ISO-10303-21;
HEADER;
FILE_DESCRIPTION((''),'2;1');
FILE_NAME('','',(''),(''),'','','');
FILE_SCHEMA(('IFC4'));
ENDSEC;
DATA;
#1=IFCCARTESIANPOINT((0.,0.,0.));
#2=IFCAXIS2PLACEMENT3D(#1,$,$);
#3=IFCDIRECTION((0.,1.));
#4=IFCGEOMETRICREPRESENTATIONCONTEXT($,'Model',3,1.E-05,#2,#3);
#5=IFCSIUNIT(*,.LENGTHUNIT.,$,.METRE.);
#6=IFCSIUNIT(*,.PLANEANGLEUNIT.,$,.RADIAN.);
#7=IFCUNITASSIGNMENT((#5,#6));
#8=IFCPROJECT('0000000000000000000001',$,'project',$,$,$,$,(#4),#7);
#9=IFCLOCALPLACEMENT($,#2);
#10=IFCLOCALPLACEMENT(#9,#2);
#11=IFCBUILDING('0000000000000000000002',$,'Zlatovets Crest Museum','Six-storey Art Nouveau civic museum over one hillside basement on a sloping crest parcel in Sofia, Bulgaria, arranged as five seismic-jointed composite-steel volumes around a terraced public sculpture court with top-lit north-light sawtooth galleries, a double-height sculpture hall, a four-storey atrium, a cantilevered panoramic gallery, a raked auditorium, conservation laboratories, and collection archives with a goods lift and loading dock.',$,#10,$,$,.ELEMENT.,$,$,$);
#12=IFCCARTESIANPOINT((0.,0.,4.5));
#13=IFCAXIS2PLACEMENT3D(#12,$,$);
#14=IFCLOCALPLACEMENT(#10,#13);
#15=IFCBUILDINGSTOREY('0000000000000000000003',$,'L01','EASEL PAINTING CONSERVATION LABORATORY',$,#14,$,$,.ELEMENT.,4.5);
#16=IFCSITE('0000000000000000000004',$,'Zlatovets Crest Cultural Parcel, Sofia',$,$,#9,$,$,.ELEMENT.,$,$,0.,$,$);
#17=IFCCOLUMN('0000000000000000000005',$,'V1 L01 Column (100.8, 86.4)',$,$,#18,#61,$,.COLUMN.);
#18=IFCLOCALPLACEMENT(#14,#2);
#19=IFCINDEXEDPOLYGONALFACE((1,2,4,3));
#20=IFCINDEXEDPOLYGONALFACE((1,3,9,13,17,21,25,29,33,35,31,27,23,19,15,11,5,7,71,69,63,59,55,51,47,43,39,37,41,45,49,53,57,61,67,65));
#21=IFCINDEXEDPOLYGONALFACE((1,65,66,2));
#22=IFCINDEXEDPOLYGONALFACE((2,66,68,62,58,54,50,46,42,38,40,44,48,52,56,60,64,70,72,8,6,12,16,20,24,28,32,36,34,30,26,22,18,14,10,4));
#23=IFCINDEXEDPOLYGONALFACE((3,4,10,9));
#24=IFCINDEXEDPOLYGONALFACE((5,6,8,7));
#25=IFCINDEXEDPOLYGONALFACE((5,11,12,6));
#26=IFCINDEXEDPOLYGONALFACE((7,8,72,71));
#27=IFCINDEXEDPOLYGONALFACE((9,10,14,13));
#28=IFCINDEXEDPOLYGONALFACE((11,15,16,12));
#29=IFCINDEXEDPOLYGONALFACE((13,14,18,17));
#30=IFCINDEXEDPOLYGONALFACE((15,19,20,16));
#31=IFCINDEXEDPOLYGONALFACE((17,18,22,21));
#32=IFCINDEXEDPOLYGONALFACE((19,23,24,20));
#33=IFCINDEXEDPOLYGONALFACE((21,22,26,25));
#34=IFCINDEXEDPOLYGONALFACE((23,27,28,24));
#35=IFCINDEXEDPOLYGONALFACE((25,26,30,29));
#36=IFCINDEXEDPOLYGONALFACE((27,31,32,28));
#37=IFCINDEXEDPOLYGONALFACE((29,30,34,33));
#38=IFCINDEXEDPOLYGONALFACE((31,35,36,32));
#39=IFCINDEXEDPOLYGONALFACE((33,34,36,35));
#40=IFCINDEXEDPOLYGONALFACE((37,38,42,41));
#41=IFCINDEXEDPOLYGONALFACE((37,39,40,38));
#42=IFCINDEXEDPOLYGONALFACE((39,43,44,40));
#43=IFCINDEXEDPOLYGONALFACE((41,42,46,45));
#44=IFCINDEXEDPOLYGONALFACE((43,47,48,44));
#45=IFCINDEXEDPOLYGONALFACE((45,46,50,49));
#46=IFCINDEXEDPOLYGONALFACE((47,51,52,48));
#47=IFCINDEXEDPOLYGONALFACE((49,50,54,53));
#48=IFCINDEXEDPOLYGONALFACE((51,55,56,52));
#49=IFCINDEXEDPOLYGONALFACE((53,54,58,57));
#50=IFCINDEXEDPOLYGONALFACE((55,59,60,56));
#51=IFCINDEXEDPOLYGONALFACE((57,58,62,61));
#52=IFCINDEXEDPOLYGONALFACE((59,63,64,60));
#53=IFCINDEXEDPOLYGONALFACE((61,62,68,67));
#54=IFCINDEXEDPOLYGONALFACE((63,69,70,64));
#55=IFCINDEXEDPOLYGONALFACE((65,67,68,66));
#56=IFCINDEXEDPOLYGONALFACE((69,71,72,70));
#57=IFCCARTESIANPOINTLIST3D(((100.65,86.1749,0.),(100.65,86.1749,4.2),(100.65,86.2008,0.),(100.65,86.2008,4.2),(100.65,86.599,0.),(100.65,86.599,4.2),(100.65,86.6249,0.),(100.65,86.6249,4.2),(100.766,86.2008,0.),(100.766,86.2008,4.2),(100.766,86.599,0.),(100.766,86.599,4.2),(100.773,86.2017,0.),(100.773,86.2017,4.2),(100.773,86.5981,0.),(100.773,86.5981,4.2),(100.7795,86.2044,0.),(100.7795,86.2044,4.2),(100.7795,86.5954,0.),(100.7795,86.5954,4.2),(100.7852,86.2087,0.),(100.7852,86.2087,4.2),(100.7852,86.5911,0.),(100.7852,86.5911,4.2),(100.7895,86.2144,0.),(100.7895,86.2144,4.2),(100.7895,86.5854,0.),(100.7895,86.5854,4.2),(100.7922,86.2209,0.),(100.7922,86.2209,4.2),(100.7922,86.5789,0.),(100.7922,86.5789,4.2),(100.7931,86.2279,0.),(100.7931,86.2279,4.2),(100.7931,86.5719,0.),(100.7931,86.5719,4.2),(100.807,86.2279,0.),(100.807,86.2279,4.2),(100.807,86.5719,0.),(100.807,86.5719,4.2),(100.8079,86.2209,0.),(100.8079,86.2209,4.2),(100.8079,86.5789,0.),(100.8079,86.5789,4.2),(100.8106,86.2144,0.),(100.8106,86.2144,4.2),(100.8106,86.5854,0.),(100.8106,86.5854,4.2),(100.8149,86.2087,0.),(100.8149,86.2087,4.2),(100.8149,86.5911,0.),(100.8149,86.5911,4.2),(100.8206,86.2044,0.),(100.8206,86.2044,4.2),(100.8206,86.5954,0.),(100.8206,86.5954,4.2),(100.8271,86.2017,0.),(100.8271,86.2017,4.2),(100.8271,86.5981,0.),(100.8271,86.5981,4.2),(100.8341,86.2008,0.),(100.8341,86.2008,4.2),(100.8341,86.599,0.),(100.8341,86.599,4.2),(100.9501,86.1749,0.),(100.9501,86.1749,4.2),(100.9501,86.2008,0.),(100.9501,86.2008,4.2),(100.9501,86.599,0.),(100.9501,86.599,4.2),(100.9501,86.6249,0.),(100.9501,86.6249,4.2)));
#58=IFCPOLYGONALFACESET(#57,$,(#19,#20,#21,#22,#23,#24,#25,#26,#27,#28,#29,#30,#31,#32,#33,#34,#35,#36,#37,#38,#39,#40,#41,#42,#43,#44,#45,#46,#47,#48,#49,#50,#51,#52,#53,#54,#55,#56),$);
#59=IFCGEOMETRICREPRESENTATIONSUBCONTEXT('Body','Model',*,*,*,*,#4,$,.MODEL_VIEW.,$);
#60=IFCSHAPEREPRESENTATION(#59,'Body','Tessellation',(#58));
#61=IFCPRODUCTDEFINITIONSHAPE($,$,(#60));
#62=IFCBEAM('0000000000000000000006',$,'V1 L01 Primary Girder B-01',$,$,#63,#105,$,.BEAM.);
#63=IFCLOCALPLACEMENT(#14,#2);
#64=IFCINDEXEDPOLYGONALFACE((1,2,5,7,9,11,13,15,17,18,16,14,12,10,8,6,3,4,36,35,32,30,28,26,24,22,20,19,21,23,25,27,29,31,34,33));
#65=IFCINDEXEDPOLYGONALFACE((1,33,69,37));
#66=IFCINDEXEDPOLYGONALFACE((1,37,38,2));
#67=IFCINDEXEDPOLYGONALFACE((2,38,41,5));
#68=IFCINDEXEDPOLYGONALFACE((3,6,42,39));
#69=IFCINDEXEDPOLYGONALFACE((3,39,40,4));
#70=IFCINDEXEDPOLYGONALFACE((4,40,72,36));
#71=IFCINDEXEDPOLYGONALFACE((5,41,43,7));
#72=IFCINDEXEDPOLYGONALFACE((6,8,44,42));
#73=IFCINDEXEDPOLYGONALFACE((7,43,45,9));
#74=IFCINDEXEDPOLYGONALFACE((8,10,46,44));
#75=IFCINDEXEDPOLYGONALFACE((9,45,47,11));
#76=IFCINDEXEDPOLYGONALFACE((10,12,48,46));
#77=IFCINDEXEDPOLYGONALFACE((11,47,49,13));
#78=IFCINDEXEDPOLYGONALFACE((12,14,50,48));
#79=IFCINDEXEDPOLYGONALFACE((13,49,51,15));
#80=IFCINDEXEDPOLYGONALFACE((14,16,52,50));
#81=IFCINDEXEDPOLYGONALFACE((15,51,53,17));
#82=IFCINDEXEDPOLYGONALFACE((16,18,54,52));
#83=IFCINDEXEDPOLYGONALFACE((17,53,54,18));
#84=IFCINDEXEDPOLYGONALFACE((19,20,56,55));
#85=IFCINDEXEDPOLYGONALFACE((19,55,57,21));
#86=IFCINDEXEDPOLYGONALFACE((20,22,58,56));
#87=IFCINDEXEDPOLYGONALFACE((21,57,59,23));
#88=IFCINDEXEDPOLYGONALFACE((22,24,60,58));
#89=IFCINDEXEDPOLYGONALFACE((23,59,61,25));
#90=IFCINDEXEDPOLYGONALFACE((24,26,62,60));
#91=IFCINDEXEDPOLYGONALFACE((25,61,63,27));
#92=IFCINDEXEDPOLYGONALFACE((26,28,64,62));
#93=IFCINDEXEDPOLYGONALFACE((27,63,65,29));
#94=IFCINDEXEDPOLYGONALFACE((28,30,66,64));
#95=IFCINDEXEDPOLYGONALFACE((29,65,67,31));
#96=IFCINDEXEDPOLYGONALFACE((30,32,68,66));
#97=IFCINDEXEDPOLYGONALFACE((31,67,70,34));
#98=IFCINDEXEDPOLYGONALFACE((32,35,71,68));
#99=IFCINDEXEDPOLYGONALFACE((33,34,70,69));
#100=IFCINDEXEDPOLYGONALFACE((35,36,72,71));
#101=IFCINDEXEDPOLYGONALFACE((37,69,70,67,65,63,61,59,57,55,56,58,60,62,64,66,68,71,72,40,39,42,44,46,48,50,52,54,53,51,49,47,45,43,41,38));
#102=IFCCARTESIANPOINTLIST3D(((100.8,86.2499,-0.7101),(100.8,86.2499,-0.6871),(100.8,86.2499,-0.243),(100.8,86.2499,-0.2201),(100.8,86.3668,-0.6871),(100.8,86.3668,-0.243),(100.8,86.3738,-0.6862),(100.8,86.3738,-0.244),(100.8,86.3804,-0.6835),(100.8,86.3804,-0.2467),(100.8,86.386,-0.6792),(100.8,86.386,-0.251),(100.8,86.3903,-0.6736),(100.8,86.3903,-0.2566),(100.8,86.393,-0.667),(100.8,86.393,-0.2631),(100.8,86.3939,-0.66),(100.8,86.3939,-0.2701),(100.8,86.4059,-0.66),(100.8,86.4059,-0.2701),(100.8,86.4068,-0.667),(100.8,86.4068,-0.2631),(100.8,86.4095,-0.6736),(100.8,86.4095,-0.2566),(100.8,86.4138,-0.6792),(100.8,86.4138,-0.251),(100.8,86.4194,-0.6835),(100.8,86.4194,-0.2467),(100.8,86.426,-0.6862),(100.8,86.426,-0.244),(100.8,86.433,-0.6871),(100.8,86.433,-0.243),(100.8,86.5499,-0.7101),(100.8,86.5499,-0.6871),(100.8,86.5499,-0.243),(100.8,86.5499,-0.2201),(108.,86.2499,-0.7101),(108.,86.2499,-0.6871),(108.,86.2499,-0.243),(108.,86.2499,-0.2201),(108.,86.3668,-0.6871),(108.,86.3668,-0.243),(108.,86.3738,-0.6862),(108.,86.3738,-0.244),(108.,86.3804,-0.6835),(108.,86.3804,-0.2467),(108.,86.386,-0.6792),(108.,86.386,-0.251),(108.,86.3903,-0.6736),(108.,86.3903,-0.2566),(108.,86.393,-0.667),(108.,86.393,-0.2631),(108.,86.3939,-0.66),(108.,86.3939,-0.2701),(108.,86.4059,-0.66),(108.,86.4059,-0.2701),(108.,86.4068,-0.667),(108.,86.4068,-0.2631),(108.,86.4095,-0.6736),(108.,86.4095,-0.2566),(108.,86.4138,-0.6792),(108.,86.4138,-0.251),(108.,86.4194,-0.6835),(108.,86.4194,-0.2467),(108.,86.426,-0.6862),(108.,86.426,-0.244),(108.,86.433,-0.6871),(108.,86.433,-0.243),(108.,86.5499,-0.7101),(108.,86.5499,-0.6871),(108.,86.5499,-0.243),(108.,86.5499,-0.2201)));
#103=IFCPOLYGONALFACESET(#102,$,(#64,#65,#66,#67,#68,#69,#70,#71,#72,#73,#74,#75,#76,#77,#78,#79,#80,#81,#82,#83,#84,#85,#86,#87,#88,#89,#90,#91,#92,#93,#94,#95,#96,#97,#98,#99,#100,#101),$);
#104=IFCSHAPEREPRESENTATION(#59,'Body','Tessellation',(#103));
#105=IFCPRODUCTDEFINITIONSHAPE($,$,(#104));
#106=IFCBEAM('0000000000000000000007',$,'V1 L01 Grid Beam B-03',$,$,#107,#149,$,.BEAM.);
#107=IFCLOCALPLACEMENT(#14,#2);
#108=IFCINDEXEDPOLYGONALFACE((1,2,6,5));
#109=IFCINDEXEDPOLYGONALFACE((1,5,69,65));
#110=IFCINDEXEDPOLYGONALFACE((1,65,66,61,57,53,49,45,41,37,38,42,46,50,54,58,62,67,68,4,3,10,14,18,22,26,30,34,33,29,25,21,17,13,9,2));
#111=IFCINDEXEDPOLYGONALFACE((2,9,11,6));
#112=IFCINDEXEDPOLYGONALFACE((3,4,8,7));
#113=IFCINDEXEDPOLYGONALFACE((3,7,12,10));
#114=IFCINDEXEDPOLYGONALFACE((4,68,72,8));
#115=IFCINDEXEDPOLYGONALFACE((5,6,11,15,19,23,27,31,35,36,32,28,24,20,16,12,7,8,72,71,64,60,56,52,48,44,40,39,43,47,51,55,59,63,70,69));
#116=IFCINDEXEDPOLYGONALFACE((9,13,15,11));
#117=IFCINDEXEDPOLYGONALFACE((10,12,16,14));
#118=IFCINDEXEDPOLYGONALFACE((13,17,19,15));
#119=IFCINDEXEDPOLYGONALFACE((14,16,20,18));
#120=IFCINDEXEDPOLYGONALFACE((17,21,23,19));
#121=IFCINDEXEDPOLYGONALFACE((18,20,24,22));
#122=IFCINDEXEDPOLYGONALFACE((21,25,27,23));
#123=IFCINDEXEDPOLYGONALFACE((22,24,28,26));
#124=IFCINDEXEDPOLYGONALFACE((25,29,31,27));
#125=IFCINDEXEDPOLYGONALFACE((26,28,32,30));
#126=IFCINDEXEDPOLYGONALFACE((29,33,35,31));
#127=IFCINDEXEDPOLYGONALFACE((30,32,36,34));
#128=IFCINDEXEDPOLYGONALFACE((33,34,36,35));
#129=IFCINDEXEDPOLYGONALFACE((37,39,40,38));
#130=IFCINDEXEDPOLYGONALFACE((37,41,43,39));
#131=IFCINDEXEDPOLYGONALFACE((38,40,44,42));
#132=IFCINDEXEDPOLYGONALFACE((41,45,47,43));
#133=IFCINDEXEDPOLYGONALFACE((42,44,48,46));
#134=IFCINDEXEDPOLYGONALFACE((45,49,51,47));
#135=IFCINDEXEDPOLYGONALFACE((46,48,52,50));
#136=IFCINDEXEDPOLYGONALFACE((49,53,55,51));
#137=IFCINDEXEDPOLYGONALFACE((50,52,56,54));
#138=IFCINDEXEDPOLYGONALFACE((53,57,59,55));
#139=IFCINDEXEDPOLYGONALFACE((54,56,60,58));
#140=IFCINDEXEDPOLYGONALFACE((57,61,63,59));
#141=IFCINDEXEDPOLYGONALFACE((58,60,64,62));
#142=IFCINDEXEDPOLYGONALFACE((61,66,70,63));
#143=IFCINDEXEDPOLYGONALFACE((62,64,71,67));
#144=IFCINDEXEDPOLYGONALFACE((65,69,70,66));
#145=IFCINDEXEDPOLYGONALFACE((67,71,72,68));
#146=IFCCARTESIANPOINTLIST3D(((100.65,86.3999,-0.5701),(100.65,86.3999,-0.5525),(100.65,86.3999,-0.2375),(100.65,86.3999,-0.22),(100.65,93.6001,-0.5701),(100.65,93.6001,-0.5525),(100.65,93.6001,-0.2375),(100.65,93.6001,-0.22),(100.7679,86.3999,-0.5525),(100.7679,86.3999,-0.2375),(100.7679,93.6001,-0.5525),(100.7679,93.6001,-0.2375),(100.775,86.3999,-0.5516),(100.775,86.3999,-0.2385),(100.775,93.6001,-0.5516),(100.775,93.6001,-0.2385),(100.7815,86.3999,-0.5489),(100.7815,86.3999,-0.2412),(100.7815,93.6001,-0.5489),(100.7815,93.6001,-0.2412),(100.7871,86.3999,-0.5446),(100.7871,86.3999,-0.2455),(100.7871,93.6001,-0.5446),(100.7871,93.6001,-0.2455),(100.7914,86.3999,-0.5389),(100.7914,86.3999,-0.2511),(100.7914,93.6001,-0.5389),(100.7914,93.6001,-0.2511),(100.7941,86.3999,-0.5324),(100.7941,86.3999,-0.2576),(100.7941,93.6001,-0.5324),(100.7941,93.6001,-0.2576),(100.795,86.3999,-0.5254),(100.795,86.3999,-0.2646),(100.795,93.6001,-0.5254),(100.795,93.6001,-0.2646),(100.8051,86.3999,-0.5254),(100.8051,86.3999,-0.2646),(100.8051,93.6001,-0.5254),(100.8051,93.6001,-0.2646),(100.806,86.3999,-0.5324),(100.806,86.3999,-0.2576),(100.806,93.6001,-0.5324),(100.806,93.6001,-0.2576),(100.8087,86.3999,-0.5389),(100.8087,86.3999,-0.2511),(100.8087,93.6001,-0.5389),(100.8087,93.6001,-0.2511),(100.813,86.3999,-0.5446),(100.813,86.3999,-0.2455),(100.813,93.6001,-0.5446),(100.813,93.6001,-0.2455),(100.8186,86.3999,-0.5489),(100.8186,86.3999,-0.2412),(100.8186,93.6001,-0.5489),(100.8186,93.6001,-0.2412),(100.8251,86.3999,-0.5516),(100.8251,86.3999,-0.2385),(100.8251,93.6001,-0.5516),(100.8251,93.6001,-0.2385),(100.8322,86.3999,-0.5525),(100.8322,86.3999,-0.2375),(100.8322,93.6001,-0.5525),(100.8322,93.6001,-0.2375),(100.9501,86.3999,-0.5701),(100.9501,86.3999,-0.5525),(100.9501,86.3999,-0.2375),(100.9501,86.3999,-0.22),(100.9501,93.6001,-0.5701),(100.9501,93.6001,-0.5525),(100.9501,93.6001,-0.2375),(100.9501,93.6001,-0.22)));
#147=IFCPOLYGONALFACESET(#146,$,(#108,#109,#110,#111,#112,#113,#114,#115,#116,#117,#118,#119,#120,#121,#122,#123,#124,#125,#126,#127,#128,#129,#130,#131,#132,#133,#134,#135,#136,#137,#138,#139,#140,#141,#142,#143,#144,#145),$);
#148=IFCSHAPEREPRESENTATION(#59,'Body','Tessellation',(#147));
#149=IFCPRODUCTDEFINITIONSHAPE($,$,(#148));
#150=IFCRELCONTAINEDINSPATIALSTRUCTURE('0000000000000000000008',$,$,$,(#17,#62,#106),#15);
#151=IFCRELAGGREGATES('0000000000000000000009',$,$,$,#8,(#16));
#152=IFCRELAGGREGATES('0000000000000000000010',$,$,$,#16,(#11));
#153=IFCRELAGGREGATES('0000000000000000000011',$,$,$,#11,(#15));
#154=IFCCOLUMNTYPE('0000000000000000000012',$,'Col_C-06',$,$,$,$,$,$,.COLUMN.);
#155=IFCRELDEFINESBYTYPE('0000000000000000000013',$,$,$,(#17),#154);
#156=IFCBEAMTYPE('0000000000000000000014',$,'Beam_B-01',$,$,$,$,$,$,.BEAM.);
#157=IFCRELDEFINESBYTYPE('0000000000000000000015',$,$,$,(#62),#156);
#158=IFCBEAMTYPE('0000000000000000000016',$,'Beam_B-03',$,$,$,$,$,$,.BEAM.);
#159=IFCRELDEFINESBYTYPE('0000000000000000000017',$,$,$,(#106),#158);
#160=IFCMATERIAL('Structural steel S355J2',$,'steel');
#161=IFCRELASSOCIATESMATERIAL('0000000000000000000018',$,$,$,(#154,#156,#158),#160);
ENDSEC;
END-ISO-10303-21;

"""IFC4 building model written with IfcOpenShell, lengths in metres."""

from ifc_helpers import new_model, si_unit, direction, frame, origin, origin_2d, place, context, subcontext, project, spatial, i_section, extrude, material, material_profile, profile_set, type_object, element, save


model = new_model("IFC4")

# Units and contexts
model_context = context("Model", 3, precision=1e-05, world=origin(), true_north=direction((0.0, 1.0)))
body_context = subcontext(model_context, "Body", "Model", "MODEL_VIEW")
ifc_project = project(units=[si_unit("LENGTHUNIT", "METRE"), si_unit("PLANEANGLEUNIT", "RADIAN")], contexts=[model_context])

# Site, building, storey
site_placement = place(None, origin())
site = spatial("IfcSite", under=ifc_project, at=site_placement, Name="Zlatovets Crest Cultural Parcel, Sofia", CompositionType="ELEMENT", RefElevation=0.0)
building_placement = place(site_placement, origin())
building = spatial("IfcBuilding", under=site, at=building_placement, Name="Zlatovets Crest Museum", Description="Six-storey Art Nouveau civic museum over one hillside basement on a sloping crest parcel in Sofia, Bulgaria, arranged as five seismic-jointed composite-steel volumes around a terraced public sculpture court with top-lit north-light sawtooth galleries, a double-height sculpture hall, a four-storey atrium, a cantilevered panoramic gallery, a raked auditorium, conservation laboratories, and collection archives with a goods lift and loading dock.", CompositionType="ELEMENT")
storey_placement = place(building_placement, frame((0.0, 0.0, 4.5)))
storey = spatial("IfcBuildingStorey", under=building, at=storey_placement, Name="L01", Description="EASEL PAINTING CONSERVATION LABORATORY", CompositionType="ELEMENT", Elevation=4.5)

# Column
ifc_material_1 = material(Name="Structural steel S355J2", Category="steel")
ifc_material_profile_1 = material_profile(ifc_material_1, i_section(OverallWidth=0.3, OverallDepth=0.45, WebThickness=0.0139, FlangeThickness=0.0259, FilletRadius=0.0271, at=origin_2d()), Name="HEB 450")
ifc_profile_set_1 = profile_set([ifc_material_profile_1], Name="Structural steel S355J2")
column_type = type_object("IfcColumnType", Name="Col_C-06", PredefinedType="COLUMN", material=ifc_profile_set_1)
column_placement = place(storey_placement, frame((100.8, 86.3999, 0.0), z_axis=(0.0, 0.0, 1.0), x_axis=(1.0, 0.0, 0.0)))
element("IfcColumn", 1, at=column_placement, inside=storey, type_object=column_type, Name="V1 L01 Column (100.8, 86.4)", PredefinedType="COLUMN", context=body_context, shape_type="SweptSolid", body=[
    extrude(i_section(OverallWidth=0.3, OverallDepth=0.45, WebThickness=0.0139, FlangeThickness=0.0259, FilletRadius=0.0271, at=origin_2d()), origin(), (0.0, 0.0, 1.0), 4.2),
])

# Beams
ifc_material_profile_2 = material_profile(ifc_material_1, i_section(OverallWidth=0.3, OverallDepth=0.49, WebThickness=0.012, FlangeThickness=0.0229, FilletRadius=0.0271, at=origin_2d()), Name="HEA 500")
ifc_profile_set_2 = profile_set([ifc_material_profile_2], Name="Structural steel S355J2")
beam_type_1 = type_object("IfcBeamType", Name="Beam_B-01", PredefinedType="BEAM", material=ifc_profile_set_2)
beam_1_placement = place(storey_placement, frame((100.8, 86.3999, -0.4651), z_axis=(1.0, 0.0, 0.0), x_axis=(0.0, 1.0, 0.0)))
element("IfcBeam", 2, at=beam_1_placement, inside=storey, type_object=beam_type_1, Name="V1 L01 Primary Girder B-01", PredefinedType="BEAM", context=body_context, shape_type="SweptSolid", body=[
    extrude(i_section(OverallWidth=0.3, OverallDepth=0.49, WebThickness=0.012, FlangeThickness=0.0229, FilletRadius=0.0271, at=origin_2d()), origin(), (0.0, 0.0, 1.0), 7.2),
])
ifc_material_profile_3 = material_profile(ifc_material_1, i_section(OverallWidth=0.3, OverallDepth=0.3501, WebThickness=0.01, FlangeThickness=0.0176, FilletRadius=0.0271, at=origin_2d()), Name="HEA 360")
ifc_profile_set_3 = profile_set([ifc_material_profile_3], Name="Structural steel S355J2")
beam_type_2 = type_object("IfcBeamType", Name="Beam_B-03", PredefinedType="BEAM", material=ifc_profile_set_3)
beam_2_placement = place(storey_placement, frame((100.8, 86.3999, -0.395), z_axis=(0.0, 1.0, 0.0), x_axis=(-1.0, 0.0, 0.0)))
element("IfcBeam", 3, at=beam_2_placement, inside=storey, type_object=beam_type_2, Name="V1 L01 Grid Beam B-03", PredefinedType="BEAM", context=body_context, shape_type="SweptSolid", body=[
    extrude(i_section(OverallWidth=0.3, OverallDepth=0.3501, WebThickness=0.01, FlangeThickness=0.0176, FilletRadius=0.0271, at=origin_2d()), origin(), (0.0, 0.0, 1.0), 7.2002),
])

save(model, "model.ifc")
